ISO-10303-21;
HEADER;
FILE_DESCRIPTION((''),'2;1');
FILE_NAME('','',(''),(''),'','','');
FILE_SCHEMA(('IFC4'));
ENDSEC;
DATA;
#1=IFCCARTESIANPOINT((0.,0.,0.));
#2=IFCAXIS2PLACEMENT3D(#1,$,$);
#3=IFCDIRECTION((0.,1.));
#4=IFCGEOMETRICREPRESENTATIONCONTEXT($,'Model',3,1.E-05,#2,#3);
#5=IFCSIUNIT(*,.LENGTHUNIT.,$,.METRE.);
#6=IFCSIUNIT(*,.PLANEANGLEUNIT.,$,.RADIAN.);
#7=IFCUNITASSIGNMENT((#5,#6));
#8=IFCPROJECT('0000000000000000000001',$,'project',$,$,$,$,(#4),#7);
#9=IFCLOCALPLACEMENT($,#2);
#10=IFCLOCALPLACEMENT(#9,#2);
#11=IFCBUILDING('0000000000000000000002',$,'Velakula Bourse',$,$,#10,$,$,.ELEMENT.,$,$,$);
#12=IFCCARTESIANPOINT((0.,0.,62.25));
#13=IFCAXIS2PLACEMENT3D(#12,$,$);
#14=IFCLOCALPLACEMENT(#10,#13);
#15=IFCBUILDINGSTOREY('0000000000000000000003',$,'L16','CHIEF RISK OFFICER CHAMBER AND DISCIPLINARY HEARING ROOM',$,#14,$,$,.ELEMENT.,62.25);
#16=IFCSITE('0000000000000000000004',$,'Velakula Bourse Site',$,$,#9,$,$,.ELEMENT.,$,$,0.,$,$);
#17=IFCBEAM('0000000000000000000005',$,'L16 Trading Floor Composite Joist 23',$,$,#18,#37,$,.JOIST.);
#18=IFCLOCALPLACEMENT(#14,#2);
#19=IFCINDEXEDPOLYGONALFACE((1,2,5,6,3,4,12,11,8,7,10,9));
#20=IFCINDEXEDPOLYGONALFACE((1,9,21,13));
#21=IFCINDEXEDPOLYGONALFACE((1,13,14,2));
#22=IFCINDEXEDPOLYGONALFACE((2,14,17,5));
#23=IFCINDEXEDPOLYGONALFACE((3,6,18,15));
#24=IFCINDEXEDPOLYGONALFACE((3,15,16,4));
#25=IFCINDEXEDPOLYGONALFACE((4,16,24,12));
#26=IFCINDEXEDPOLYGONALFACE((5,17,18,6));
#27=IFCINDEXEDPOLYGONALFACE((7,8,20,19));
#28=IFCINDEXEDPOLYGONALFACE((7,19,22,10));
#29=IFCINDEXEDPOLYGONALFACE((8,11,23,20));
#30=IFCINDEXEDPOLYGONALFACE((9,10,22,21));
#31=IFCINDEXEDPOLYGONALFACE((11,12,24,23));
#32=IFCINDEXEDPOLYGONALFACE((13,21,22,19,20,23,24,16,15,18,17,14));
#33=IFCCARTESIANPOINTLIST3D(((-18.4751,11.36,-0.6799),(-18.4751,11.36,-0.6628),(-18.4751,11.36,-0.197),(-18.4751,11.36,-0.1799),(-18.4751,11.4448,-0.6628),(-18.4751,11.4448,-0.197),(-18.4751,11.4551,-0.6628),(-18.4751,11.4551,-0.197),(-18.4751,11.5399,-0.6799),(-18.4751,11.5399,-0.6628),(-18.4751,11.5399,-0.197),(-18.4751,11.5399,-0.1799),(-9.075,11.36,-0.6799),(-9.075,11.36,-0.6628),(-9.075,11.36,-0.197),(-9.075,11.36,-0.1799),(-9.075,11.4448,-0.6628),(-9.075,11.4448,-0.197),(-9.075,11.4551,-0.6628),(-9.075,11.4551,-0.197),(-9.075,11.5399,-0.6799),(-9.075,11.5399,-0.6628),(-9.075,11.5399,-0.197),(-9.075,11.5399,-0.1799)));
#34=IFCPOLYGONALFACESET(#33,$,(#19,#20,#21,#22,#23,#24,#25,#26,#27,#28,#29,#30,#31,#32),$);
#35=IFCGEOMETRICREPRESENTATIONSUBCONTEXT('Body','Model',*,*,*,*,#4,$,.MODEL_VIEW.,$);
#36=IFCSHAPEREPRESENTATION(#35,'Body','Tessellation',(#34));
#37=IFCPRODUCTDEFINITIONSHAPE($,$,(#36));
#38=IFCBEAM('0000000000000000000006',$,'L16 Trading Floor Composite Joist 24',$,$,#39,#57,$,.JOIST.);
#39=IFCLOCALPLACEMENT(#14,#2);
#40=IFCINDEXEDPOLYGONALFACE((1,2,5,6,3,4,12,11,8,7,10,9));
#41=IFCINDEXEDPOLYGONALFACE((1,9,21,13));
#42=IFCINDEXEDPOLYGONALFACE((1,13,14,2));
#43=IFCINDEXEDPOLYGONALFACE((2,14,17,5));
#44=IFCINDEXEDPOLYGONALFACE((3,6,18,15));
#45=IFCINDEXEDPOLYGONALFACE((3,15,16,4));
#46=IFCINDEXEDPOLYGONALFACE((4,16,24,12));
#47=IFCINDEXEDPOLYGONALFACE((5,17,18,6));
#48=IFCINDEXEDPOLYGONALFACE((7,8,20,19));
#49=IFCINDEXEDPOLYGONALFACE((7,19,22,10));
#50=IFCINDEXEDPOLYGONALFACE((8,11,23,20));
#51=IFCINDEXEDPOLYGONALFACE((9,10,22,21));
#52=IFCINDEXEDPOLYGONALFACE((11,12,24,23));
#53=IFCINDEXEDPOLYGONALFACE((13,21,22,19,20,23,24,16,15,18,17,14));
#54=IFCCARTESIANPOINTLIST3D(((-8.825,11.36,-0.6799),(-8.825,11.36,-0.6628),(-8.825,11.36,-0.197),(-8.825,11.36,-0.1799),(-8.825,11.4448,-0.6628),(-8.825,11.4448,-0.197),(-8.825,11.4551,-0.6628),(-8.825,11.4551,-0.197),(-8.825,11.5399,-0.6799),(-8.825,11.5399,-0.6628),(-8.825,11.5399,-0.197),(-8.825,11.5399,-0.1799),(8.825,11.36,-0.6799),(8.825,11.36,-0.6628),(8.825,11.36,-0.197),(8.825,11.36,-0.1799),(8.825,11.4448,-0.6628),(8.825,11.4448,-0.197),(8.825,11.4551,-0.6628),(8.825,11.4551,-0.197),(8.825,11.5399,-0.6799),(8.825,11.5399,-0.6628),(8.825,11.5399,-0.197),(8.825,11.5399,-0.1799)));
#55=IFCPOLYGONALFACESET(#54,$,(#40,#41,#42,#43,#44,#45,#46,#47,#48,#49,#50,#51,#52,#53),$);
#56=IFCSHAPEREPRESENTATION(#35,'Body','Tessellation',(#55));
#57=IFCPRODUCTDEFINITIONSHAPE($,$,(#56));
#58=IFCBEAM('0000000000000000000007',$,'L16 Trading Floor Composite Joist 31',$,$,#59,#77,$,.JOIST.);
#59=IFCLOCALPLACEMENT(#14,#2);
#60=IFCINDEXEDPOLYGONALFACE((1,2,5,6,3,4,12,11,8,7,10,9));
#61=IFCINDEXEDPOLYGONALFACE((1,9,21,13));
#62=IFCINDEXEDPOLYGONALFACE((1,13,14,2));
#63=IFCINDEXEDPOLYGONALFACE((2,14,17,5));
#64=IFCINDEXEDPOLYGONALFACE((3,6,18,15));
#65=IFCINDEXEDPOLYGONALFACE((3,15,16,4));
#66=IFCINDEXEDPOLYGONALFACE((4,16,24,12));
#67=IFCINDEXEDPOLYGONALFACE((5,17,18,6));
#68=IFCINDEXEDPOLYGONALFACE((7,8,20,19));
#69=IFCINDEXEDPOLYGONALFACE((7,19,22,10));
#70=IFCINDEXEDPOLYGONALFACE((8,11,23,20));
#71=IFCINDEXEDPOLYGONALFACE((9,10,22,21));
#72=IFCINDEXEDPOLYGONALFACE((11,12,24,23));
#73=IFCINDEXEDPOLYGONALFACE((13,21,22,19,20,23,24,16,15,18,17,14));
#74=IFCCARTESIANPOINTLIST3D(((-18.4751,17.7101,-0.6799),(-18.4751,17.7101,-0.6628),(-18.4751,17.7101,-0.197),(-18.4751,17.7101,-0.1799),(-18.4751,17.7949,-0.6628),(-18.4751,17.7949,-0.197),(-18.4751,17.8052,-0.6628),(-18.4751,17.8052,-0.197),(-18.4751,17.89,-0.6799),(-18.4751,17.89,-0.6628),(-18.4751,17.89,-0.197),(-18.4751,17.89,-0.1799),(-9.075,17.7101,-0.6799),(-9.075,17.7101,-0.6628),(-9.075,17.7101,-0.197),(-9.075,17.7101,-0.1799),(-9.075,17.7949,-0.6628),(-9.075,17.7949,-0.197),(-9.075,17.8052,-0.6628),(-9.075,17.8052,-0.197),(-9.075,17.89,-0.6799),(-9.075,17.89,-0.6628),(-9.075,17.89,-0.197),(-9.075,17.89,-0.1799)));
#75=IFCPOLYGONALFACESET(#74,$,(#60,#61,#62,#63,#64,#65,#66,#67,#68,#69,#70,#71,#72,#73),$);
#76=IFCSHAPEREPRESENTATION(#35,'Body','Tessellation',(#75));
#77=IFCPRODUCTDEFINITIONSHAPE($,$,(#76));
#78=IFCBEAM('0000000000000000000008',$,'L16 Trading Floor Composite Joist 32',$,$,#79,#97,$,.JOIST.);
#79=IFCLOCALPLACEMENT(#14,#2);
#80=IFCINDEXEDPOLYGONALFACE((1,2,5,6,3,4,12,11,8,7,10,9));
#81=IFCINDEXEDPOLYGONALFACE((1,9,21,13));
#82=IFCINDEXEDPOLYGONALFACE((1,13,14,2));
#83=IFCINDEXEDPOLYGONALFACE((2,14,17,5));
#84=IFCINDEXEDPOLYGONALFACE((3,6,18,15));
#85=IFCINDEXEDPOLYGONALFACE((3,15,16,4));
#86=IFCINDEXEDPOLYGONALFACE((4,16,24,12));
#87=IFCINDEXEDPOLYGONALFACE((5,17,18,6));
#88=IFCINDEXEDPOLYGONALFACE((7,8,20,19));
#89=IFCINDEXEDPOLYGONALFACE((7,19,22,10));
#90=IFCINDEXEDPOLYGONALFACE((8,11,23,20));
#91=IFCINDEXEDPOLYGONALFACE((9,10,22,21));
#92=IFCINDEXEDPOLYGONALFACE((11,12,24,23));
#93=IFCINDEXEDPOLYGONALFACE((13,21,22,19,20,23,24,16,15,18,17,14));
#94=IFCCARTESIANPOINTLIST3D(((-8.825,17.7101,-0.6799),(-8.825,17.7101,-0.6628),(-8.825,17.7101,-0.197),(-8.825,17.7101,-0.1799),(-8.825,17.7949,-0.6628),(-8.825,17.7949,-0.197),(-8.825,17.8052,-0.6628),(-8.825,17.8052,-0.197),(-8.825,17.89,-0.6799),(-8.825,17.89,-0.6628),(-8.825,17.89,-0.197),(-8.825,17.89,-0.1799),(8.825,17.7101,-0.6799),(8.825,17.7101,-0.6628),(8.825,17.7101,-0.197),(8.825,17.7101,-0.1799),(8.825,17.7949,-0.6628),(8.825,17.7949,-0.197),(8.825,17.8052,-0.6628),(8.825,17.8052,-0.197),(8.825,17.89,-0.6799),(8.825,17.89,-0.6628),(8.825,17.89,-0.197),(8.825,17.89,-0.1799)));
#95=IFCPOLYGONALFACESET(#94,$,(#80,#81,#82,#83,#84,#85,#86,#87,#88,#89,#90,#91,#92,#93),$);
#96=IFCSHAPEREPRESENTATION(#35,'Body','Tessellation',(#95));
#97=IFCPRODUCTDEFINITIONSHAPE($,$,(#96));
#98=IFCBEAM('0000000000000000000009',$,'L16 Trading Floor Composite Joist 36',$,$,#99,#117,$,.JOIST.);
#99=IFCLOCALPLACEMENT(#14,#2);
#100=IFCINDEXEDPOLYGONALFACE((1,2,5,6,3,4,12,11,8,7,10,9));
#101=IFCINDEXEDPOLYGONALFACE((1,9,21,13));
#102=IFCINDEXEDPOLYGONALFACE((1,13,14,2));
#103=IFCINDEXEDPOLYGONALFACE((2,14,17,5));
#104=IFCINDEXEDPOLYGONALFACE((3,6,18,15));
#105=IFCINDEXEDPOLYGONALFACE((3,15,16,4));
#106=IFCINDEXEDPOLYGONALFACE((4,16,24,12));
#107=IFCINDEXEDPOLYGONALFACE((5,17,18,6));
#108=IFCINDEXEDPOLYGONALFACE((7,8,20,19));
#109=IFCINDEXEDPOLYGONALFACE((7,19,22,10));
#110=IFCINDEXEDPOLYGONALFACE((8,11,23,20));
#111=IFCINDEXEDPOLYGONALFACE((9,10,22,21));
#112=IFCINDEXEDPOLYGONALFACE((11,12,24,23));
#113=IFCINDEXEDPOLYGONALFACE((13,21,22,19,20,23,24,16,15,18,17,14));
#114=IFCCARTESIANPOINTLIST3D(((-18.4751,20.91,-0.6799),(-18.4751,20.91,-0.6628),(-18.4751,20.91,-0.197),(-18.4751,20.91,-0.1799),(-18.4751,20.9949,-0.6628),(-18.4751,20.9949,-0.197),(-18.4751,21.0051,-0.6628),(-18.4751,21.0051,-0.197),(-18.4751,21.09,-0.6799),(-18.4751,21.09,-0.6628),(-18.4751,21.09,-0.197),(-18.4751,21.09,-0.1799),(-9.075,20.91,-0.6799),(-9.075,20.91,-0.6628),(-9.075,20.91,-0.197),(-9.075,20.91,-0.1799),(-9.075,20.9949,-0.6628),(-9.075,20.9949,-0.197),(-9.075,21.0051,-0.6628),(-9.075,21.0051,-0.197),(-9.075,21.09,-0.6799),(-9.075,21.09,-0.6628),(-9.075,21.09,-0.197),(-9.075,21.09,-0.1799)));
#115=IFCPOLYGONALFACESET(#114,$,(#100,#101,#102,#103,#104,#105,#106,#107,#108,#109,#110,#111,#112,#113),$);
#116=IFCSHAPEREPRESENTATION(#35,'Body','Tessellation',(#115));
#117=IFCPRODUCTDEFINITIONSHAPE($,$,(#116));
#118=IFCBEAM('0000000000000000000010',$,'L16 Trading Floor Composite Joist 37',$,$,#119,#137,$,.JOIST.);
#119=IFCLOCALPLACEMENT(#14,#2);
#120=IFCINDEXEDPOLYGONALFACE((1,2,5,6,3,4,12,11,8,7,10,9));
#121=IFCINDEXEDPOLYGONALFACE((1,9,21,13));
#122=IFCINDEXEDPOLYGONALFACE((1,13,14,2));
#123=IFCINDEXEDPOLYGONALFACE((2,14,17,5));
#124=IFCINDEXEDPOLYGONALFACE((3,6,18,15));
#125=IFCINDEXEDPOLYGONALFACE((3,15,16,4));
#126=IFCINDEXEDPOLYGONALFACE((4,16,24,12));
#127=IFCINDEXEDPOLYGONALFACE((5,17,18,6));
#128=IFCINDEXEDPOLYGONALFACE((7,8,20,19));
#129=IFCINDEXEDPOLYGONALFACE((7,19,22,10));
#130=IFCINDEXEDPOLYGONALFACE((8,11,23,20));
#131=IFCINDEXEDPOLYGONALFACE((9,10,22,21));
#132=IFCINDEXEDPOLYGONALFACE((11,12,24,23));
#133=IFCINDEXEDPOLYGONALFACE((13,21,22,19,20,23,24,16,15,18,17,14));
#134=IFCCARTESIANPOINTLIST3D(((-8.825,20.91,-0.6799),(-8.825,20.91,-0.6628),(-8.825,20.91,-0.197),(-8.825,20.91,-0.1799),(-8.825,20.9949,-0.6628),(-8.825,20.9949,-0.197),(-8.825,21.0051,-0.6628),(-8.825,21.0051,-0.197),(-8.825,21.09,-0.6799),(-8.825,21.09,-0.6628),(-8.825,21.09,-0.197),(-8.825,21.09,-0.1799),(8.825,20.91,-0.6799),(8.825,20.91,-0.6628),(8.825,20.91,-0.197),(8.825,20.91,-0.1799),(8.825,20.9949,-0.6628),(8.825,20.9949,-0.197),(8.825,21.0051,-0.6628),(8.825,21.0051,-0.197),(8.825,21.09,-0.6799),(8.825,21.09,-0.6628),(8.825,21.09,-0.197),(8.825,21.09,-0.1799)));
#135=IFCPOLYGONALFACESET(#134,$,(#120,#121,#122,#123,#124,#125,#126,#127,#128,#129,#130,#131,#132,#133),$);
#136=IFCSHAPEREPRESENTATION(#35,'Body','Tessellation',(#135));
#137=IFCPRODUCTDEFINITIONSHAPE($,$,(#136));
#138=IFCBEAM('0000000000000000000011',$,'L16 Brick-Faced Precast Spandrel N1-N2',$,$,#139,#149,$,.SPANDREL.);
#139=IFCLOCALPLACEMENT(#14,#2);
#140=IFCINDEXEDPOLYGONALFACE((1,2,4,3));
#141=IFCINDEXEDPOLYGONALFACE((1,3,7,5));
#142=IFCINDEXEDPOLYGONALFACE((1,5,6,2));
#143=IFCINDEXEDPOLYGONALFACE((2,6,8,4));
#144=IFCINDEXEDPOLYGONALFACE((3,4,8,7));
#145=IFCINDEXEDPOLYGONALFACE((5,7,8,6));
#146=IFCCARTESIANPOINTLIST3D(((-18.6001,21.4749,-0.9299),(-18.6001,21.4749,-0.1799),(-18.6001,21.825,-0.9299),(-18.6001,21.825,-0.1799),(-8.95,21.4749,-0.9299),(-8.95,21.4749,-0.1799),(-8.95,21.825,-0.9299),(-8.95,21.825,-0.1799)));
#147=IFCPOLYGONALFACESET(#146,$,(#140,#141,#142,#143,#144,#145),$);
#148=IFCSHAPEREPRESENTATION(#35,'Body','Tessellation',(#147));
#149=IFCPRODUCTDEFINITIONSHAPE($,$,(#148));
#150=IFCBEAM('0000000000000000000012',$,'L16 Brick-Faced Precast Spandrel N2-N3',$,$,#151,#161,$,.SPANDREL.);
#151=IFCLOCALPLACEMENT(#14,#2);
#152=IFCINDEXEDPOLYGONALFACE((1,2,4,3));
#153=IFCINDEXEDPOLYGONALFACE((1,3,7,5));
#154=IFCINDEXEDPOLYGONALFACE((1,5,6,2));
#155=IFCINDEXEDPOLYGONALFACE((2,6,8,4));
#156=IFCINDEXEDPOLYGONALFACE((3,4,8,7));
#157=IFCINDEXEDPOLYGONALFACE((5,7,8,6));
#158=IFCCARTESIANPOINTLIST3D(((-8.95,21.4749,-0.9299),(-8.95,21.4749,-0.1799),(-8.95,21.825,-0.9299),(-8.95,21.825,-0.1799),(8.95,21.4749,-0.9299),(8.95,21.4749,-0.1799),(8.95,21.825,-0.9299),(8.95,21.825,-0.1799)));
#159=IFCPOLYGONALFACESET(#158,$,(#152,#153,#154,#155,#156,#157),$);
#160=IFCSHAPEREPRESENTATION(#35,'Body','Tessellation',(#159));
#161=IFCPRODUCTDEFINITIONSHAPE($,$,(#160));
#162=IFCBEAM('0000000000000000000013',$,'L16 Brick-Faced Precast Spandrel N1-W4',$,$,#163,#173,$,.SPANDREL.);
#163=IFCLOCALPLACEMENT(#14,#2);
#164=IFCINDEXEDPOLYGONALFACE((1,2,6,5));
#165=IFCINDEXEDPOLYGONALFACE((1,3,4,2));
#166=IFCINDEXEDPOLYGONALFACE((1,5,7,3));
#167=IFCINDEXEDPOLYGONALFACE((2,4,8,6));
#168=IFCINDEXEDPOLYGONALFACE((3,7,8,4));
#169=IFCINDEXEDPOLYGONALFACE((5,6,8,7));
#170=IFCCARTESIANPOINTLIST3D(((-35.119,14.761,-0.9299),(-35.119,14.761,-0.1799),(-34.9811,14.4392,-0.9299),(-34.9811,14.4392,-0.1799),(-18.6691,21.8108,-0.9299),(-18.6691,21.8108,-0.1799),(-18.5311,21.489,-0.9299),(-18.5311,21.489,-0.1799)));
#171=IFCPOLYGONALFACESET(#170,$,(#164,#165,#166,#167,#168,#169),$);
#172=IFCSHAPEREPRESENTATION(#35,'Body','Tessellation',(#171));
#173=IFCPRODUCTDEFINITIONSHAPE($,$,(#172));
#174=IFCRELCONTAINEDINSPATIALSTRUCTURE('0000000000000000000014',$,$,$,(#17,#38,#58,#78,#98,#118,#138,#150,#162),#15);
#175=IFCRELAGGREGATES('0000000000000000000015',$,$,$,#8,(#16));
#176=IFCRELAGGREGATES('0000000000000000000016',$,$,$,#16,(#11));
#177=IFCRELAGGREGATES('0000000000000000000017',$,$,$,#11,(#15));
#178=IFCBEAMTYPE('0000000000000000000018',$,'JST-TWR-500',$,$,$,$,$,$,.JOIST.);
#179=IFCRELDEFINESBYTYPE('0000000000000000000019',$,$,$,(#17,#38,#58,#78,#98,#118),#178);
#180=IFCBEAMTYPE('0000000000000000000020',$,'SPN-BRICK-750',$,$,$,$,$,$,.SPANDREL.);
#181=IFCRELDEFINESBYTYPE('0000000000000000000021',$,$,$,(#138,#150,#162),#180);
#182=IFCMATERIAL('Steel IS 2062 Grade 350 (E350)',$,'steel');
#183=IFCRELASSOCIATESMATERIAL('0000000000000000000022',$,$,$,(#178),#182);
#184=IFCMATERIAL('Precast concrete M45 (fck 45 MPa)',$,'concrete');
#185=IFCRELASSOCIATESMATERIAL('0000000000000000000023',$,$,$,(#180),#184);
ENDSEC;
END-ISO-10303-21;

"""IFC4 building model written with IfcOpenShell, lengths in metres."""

from ifc_helpers import new_model, si_unit, direction, frame, origin, origin_2d, place, context, subcontext, project, spatial, rectangle, i_section, extrude, material, material_profile, profile_set, type_object, element, save


model = new_model("IFC4")

# Units and contexts
model_context = context("Model", 3, precision=1e-05, world=origin(), true_north=direction((0.0, 1.0)))
body_context = subcontext(model_context, "Body", "Model", "MODEL_VIEW")
ifc_project = project(units=[si_unit("LENGTHUNIT", "METRE"), si_unit("PLANEANGLEUNIT", "RADIAN")], contexts=[model_context])

# Site, building, storey
site_placement = place(None, origin())
site = spatial("IfcSite", under=ifc_project, at=site_placement, Name="Velakula Bourse Site", CompositionType="ELEMENT", RefElevation=0.0)
building_placement = place(site_placement, origin())
building = spatial("IfcBuilding", under=site, at=building_placement, Name="Velakula Bourse", CompositionType="ELEMENT")
storey_placement = place(building_placement, frame((0.0, 0.0, 62.25)))
storey = spatial("IfcBuildingStorey", under=building, at=storey_placement, Name="L16", Description="CHIEF RISK OFFICER CHAMBER AND DISCIPLINARY HEARING ROOM", CompositionType="ELEMENT", Elevation=62.25)

# Shared definitions
ifc_material_1 = material(Name="Precast concrete M45 (fck 45 MPa)", Category="concrete")

# Beams
ifc_material_2 = material(Name="Steel IS 2062 Grade 350 (E350)", Category="steel")
ifc_material_profile_1 = material_profile(ifc_material_2, i_section(OverallWidth=0.1799, OverallDepth=0.5, WebThickness=0.0103, FlangeThickness=0.0171, at=origin_2d()), Name="Steel IS 2062 Grade 350 (E350)")
ifc_profile_set_1 = profile_set([ifc_material_profile_1], Name="Steel IS 2062 Grade 350 (E350)")
beam_type_1 = type_object("IfcBeamType", Name="JST-TWR-500", PredefinedType="JOIST", material=ifc_profile_set_1)
beam_1_placement = place(storey_placement, frame((-18.4751, 11.45, -0.4299), z_axis=(1.0, 0.0, 0.0), x_axis=(0.0, 1.0, 0.0)))
element("IfcBeam", 1, at=beam_1_placement, inside=storey, type_object=beam_type_1, Name="L16 Trading Floor Composite Joist 23", PredefinedType="JOIST", context=body_context, shape_type="SweptSolid", body=[
    extrude(i_section(OverallWidth=0.1799, OverallDepth=0.5, WebThickness=0.0103, FlangeThickness=0.0171, at=origin_2d()), origin(), (0.0, 0.0, 1.0), 9.4001),
])
beam_2_placement = place(storey_placement, frame((-8.825, 11.45, -0.4299), z_axis=(1.0, 0.0, 0.0), x_axis=(0.0, 1.0, 0.0)))
element("IfcBeam", 2, at=beam_2_placement, inside=storey, type_object=beam_type_1, Name="L16 Trading Floor Composite Joist 24", PredefinedType="JOIST", context=body_context, shape_type="SweptSolid", body=[
    extrude(i_section(OverallWidth=0.1799, OverallDepth=0.5, WebThickness=0.0103, FlangeThickness=0.0171, at=origin_2d()), origin(), (0.0, 0.0, 1.0), 17.6499),
])
beam_3_placement = place(storey_placement, frame((-18.4751, 17.8, -0.4299), z_axis=(1.0, 0.0, 0.0), x_axis=(0.0, 1.0, 0.0)))
element("IfcBeam", 3, at=beam_3_placement, inside=storey, type_object=beam_type_1, Name="L16 Trading Floor Composite Joist 31", PredefinedType="JOIST", context=body_context, shape_type="SweptSolid", body=[
    extrude(i_section(OverallWidth=0.1799, OverallDepth=0.5, WebThickness=0.0103, FlangeThickness=0.0171, at=origin_2d()), origin(), (0.0, 0.0, 1.0), 9.4001),
])
beam_4_placement = place(storey_placement, frame((-8.825, 17.8, -0.4299), z_axis=(1.0, 0.0, 0.0), x_axis=(0.0, 1.0, 0.0)))
element("IfcBeam", 4, at=beam_4_placement, inside=storey, type_object=beam_type_1, Name="L16 Trading Floor Composite Joist 32", PredefinedType="JOIST", context=body_context, shape_type="SweptSolid", body=[
    extrude(i_section(OverallWidth=0.1799, OverallDepth=0.5, WebThickness=0.0103, FlangeThickness=0.0171, at=origin_2d()), origin(), (0.0, 0.0, 1.0), 17.6499),
])
beam_5_placement = place(storey_placement, frame((-18.4751, 21.0, -0.4299), z_axis=(1.0, 0.0, 0.0), x_axis=(0.0, 1.0, 0.0)))
element("IfcBeam", 5, at=beam_5_placement, inside=storey, type_object=beam_type_1, Name="L16 Trading Floor Composite Joist 36", PredefinedType="JOIST", context=body_context, shape_type="SweptSolid", body=[
    extrude(i_section(OverallWidth=0.1799, OverallDepth=0.5, WebThickness=0.0103, FlangeThickness=0.0171, at=origin_2d()), origin(), (0.0, 0.0, 1.0), 9.4001),
])
beam_6_placement = place(storey_placement, frame((-8.825, 21.0, -0.4299), z_axis=(1.0, 0.0, 0.0), x_axis=(0.0, 1.0, 0.0)))
element("IfcBeam", 6, at=beam_6_placement, inside=storey, type_object=beam_type_1, Name="L16 Trading Floor Composite Joist 37", PredefinedType="JOIST", context=body_context, shape_type="SweptSolid", body=[
    extrude(i_section(OverallWidth=0.1799, OverallDepth=0.5, WebThickness=0.0103, FlangeThickness=0.0171, at=origin_2d()), origin(), (0.0, 0.0, 1.0), 17.6499),
])
ifc_material_profile_2 = material_profile(ifc_material_1, rectangle(XDim=0.3501, YDim=0.75, at=origin_2d()), Name="Precast concrete M45 (fck 45 MPa)")
ifc_profile_set_2 = profile_set([ifc_material_profile_2], Name="Precast concrete M45 (fck 45 MPa)")
beam_type_2 = type_object("IfcBeamType", Name="SPN-BRICK-750", PredefinedType="SPANDREL", material=ifc_profile_set_2)
beam_7_placement = place(storey_placement, frame((-18.6001, 21.6499, -0.5549), z_axis=(1.0, 0.0, 0.0), x_axis=(0.0, 1.0, 0.0)))
element("IfcBeam", 7, at=beam_7_placement, inside=storey, type_object=beam_type_2, Name="L16 Brick-Faced Precast Spandrel N1-N2", PredefinedType="SPANDREL", context=body_context, shape_type="SweptSolid", body=[
    extrude(rectangle(XDim=0.3501, YDim=0.75, at=origin_2d()), origin(), (0.0, 0.0, 1.0), 9.6501),
])
beam_8_placement = place(storey_placement, frame((-8.95, 21.6499, -0.5549), z_axis=(1.0, 0.0, 0.0), x_axis=(0.0, 1.0, 0.0)))
element("IfcBeam", 8, at=beam_8_placement, inside=storey, type_object=beam_type_2, Name="L16 Brick-Faced Precast Spandrel N2-N3", PredefinedType="SPANDREL", context=body_context, shape_type="SweptSolid", body=[
    extrude(rectangle(XDim=0.3501, YDim=0.75, at=origin_2d()), origin(), (0.0, 0.0, 1.0), 17.8999),
])
beam_9_placement = place(storey_placement, frame((-18.6001, 21.6499, -0.5549), z_axis=(-0.919149, -0.393911, 0.0), x_axis=(0.393911, -0.919149, 0.0)))
element("IfcBeam", 9, at=beam_9_placement, inside=storey, type_object=beam_type_2, Name="L16 Brick-Faced Precast Spandrel N1-W4", PredefinedType="SPANDREL", context=body_context, shape_type="SweptSolid", body=[
    extrude(rectangle(XDim=0.3501, YDim=0.75, at=origin_2d()), origin(), (0.0, 0.0, 1.0), 17.897),
])

save(model, "model.ifc")
